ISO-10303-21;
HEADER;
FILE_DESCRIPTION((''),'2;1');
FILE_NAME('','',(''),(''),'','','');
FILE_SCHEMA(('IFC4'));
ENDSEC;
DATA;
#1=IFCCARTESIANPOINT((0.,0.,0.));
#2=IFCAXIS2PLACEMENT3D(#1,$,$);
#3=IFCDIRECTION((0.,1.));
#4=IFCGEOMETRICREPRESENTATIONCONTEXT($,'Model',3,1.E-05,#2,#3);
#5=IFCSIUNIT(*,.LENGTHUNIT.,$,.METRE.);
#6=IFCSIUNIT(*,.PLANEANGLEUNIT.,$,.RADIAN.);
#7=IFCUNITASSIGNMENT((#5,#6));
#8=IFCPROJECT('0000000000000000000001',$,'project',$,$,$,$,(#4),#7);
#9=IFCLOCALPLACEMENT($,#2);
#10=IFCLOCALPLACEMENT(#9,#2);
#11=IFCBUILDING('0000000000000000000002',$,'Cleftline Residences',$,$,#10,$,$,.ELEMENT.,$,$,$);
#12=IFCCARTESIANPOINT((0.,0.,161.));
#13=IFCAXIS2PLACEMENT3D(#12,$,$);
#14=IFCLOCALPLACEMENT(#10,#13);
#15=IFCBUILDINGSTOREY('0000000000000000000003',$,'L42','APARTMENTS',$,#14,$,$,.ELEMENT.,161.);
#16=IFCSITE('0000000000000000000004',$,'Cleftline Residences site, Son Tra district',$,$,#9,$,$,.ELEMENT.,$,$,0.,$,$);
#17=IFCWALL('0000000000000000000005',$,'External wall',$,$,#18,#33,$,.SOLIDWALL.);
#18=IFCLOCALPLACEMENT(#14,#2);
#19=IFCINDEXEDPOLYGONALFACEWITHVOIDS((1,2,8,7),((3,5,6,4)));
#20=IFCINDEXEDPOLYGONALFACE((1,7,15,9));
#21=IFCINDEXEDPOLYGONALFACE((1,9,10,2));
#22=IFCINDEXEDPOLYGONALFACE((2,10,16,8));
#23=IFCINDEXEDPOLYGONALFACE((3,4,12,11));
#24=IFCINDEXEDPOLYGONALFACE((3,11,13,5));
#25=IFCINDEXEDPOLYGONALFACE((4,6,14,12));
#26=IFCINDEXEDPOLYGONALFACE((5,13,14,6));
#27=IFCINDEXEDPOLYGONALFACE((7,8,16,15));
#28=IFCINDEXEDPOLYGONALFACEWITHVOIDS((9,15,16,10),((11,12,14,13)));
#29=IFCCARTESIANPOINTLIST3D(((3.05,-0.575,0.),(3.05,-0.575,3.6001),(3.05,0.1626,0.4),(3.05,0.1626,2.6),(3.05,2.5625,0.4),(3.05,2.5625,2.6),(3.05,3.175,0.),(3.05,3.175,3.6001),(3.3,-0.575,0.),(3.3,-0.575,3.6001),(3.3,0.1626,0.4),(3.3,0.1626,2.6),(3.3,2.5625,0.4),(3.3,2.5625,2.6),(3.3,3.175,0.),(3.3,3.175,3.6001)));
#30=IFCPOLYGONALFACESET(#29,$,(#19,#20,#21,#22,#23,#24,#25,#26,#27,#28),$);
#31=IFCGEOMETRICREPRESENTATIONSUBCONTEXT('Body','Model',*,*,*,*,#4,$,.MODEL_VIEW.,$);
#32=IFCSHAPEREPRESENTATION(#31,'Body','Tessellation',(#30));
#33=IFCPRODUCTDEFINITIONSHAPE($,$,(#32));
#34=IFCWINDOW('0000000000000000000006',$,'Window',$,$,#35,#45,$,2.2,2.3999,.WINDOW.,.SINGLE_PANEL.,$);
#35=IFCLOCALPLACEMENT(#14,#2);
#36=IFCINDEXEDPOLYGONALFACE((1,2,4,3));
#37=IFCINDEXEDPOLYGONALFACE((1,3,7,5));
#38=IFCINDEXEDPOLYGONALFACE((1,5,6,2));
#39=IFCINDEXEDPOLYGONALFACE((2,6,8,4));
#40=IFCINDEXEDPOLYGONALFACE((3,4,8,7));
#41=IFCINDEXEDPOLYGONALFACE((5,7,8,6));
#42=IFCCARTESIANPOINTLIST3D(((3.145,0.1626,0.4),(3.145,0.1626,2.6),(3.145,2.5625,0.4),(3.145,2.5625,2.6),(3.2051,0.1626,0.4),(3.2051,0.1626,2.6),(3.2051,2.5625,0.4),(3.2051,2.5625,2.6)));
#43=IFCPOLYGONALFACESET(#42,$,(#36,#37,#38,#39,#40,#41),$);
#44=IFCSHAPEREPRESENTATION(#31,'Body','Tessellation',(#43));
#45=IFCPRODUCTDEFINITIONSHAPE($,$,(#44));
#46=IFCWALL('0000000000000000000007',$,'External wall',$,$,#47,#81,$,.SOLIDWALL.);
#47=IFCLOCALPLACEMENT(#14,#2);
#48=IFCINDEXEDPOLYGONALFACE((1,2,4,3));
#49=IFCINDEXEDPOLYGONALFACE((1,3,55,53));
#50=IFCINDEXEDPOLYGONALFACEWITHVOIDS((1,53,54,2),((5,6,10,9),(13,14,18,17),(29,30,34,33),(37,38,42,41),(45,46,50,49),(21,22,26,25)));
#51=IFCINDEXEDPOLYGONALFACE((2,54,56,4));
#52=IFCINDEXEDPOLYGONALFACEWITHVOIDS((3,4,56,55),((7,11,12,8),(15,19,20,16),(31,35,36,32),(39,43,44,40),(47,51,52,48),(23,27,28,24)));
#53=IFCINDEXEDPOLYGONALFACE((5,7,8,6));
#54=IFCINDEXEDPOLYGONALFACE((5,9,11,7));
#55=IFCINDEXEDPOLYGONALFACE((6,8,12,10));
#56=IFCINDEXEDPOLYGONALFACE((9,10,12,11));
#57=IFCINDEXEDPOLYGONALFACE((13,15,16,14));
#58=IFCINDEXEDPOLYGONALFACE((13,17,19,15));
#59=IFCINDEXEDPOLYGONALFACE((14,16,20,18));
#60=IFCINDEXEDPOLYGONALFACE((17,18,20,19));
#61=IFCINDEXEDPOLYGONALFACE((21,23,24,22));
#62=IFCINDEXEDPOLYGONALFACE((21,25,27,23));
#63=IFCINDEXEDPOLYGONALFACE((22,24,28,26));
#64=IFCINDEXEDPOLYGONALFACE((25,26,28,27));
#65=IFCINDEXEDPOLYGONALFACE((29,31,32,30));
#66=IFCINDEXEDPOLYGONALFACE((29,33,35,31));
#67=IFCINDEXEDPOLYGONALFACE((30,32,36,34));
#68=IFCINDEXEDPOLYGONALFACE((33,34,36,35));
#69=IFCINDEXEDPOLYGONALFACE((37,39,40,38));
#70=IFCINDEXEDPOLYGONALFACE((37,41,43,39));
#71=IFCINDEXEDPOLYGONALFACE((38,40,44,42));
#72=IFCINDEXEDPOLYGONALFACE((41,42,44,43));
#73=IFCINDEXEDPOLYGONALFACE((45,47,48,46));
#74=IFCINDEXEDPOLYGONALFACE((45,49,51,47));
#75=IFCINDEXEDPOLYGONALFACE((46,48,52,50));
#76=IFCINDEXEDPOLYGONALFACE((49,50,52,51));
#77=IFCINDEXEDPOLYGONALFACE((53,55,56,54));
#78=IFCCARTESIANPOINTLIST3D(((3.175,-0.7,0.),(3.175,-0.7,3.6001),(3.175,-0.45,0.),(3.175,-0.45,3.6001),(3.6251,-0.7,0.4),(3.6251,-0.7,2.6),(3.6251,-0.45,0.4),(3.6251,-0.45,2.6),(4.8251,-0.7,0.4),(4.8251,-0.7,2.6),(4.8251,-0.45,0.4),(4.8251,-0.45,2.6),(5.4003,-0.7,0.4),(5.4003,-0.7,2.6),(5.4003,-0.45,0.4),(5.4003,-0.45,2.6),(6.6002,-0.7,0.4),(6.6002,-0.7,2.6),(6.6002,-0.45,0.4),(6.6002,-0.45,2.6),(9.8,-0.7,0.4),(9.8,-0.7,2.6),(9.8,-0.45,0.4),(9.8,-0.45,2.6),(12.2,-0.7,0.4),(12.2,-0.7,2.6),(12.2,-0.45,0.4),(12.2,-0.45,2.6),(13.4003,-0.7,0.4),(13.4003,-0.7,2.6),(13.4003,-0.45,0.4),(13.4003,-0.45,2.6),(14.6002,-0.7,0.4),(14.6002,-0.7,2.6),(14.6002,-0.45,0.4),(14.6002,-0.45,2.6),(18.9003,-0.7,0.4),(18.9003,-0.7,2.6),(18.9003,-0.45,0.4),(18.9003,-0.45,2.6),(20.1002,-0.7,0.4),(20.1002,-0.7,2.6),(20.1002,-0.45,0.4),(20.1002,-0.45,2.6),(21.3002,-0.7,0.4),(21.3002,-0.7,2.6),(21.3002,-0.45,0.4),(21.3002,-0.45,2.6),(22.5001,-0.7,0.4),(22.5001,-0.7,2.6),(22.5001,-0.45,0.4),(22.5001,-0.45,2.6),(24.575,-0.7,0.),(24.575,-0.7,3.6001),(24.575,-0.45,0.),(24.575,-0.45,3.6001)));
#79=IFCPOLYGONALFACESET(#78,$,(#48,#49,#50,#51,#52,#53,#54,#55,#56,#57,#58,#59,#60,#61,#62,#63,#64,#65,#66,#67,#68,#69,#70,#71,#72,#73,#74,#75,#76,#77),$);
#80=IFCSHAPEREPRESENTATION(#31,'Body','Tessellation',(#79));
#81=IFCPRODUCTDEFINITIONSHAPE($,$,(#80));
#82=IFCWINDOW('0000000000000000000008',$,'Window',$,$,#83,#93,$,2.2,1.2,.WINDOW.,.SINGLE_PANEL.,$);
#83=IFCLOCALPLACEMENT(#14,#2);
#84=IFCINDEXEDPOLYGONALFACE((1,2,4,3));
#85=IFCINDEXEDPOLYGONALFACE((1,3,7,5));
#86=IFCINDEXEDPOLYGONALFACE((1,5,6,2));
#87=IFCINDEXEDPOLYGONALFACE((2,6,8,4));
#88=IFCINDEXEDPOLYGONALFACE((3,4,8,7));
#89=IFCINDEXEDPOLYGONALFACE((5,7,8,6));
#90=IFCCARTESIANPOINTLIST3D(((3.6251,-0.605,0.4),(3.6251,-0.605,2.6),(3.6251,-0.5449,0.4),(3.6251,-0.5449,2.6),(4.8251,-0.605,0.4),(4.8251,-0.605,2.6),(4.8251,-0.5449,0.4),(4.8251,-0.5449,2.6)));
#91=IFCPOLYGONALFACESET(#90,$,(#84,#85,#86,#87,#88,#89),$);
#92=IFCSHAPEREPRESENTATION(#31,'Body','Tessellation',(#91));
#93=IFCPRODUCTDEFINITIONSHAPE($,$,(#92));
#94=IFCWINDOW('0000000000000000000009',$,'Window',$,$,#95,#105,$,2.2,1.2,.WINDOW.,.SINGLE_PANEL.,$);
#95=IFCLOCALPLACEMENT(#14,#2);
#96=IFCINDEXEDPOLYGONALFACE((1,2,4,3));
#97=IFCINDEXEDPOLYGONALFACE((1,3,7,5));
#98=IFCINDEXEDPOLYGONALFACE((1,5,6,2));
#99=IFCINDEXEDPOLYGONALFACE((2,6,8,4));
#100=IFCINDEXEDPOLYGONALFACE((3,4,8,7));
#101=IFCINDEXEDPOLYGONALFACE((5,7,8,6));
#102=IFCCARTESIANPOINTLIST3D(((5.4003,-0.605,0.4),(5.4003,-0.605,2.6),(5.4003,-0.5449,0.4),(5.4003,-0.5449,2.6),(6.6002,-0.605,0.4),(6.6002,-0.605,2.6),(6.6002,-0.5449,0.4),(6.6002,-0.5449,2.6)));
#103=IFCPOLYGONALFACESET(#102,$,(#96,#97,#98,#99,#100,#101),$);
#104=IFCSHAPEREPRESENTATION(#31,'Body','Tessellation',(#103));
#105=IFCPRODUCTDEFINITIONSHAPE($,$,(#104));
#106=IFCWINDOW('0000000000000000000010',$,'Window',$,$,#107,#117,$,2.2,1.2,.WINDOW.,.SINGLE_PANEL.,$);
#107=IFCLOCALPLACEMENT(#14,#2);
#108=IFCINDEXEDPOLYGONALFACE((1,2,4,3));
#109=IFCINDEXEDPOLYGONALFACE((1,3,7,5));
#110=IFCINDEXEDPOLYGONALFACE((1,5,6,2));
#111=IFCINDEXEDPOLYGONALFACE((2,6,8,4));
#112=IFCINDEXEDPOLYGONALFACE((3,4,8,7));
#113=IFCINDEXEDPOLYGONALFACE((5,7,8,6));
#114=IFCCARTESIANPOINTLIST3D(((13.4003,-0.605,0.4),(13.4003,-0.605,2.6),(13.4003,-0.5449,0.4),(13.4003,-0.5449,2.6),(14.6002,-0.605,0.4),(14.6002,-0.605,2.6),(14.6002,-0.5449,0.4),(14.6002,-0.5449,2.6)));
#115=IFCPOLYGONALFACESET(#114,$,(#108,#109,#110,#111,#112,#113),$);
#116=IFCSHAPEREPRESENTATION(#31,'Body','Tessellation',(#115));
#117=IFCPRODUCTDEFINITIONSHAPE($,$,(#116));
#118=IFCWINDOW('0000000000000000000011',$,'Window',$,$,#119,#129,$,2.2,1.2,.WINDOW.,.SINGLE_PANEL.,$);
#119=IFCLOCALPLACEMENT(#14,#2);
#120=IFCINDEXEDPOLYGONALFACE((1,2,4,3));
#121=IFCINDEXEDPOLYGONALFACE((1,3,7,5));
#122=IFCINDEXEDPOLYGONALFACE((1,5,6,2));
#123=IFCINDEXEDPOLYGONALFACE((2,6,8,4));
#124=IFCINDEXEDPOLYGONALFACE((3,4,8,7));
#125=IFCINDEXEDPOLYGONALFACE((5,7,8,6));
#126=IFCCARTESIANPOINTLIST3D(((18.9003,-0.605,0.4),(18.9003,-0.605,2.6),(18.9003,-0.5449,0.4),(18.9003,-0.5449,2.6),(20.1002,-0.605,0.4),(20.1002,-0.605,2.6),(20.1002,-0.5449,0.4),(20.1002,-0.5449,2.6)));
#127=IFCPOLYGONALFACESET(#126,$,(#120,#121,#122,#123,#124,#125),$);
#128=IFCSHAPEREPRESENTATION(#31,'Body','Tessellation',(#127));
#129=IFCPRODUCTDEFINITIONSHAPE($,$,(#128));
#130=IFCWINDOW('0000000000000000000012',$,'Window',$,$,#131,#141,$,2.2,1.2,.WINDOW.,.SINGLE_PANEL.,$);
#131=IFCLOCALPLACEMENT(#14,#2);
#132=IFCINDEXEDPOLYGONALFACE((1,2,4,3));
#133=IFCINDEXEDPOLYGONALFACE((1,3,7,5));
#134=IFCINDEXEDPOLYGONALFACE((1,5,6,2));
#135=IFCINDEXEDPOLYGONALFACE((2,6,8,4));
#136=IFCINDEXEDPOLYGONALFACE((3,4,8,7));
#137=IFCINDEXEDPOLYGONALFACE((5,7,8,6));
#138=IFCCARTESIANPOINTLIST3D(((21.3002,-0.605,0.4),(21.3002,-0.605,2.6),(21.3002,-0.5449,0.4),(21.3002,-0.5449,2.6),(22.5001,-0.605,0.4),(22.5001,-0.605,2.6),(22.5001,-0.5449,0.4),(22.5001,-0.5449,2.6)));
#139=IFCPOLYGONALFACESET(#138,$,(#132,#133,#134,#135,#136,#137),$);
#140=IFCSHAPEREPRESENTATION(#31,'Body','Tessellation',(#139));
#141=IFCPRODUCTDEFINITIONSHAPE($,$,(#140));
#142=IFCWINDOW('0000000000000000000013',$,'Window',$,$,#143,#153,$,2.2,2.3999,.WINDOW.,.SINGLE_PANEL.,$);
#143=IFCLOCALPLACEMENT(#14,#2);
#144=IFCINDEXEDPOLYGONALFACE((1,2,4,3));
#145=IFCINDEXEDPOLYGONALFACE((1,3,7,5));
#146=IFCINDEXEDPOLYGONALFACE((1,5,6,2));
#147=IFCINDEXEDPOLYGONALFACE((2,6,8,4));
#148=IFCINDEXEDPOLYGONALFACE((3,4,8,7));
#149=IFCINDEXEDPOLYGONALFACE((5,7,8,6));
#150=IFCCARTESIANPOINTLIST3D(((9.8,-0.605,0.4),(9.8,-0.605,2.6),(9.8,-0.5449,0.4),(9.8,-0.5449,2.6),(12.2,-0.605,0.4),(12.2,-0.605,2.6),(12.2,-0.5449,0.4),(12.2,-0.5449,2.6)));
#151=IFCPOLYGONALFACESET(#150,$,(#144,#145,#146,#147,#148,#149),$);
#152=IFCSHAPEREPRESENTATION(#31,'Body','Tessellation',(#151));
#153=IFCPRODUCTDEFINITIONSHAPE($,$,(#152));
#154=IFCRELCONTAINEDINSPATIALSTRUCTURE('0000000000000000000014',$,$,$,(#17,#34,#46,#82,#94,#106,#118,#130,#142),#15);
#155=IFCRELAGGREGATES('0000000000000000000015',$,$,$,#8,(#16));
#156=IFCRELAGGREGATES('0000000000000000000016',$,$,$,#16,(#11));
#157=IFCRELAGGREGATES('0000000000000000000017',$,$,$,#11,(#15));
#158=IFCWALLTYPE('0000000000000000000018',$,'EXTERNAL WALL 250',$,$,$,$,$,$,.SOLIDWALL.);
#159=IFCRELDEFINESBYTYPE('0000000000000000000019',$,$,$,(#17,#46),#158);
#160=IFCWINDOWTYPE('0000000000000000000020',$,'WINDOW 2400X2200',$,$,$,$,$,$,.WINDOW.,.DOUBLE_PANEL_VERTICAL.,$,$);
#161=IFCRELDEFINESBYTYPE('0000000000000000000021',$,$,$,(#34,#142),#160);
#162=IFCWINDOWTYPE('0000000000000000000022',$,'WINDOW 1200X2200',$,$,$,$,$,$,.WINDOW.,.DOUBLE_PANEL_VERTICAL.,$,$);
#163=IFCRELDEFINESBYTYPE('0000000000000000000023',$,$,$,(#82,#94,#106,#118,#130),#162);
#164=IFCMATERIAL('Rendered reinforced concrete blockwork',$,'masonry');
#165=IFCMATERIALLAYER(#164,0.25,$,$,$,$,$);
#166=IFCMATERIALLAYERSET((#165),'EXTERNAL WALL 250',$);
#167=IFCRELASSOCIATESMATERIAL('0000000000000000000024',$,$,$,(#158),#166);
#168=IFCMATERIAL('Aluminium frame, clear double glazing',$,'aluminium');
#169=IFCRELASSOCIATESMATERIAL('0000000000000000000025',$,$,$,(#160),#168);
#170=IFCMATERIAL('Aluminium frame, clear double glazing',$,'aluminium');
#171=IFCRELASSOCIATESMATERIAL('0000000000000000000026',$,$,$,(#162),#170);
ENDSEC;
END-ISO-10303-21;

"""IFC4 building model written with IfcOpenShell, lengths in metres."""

from ifc_helpers import new_model, si_unit, direction, frame, frame_2d, origin, place, context, subcontext, project, spatial, rectangle, extrude, material, layer, layer_set, type_object, element, fill, save


model = new_model("IFC4")

# Units and contexts
model_context = context("Model", 3, precision=1e-05, world=origin(), true_north=direction((0.0, 1.0)))
body_context = subcontext(model_context, "Body", "Model", "MODEL_VIEW")
ifc_project = project(units=[si_unit("LENGTHUNIT", "METRE"), si_unit("PLANEANGLEUNIT", "RADIAN")], contexts=[model_context])

# Site, building, storey
site_placement = place(None, origin())
site = spatial("IfcSite", under=ifc_project, at=site_placement, Name="Cleftline Residences site, Son Tra district", CompositionType="ELEMENT", RefElevation=0.0)
building_placement = place(site_placement, origin())
building = spatial("IfcBuilding", under=site, at=building_placement, Name="Cleftline Residences", CompositionType="ELEMENT")
storey_placement = place(building_placement, frame((0.0, 0.0, 161.0)))
storey = spatial("IfcBuildingStorey", under=building, at=storey_placement, Name="L42", Description="APARTMENTS", CompositionType="ELEMENT", Elevation=161.0)

# Wall, opening, window
ifc_material_1 = material(Name="Rendered reinforced concrete blockwork", Category="masonry")
ifc_layer_1 = layer(ifc_material_1, 0.25)
ifc_layer_set_1 = layer_set([ifc_layer_1], Name="EXTERNAL WALL 250")
wall_type_1 = type_object("IfcWallType", Name="EXTERNAL WALL 250", PredefinedType="SOLIDWALL", material=ifc_layer_set_1)
wall_1_placement = place(storey_placement, frame((3.175, 3.175, 0.0), z_axis=(0.0, 0.0, 1.0), x_axis=(0.0, -1.0, 0.0)))
wall_1 = element("IfcWall", 1, at=wall_1_placement, inside=storey, type_object=wall_type_1, Name="External wall", PredefinedType="SOLIDWALL", context=body_context, shape_type="SweptSolid", body=[
    extrude(rectangle(XDim=3.75, YDim=0.25, at=frame_2d((1.875, 0.0))), origin(), (0.0, 0.0, 1.0), 3.6001),
])
opening_1_placement = place(wall_1_placement, frame((0.6125, 0.0, 0.3999)))
opening_1 = element("IfcOpeningElement", 2, at=opening_1_placement, cuts=wall_1, PredefinedType="OPENING", context=body_context, shape_type="SweptSolid", body=[
    extrude(rectangle(XDim=2.3999, YDim=2.2, at=frame_2d((1.2, 1.1001))), frame((0.0, 0.135, 0.0), z_axis=(0.0, -1.0, 0.0), x_axis=(1.0, 0.0, 0.0)), (0.0, 0.0, 1.0), 0.27),
])
ifc_material_2 = material(Name="Aluminium frame, clear double glazing", Category="aluminium")
window_type_1 = type_object("IfcWindowType", Name="WINDOW 2400X2200", PartitioningType="DOUBLE_PANEL_VERTICAL", PredefinedType="WINDOW", material=ifc_material_2)
window_1_placement = place(opening_1_placement, origin())
window_1 = element("IfcWindow", 3, at=window_1_placement, inside=storey, type_object=window_type_1, Name="Window", OverallHeight=2.2, OverallWidth=2.3999, PartitioningType="SINGLE_PANEL", PredefinedType="WINDOW", context=body_context, shape_type="SweptSolid", body=[
    extrude(rectangle(XDim=2.3999, YDim=2.2, at=frame_2d((1.2, 1.1001))), frame((0.0, 0.03, 0.0), z_axis=(0.0, -1.0, 0.0), x_axis=(1.0, 0.0, 0.0)), (0.0, 0.0, 1.0), 0.0601),
])
fill(opening_1, window_1)

# Wall, openings, windows
wall_2_placement = place(storey_placement, frame((3.175, -0.575, 0.0), z_axis=(0.0, 0.0, 1.0), x_axis=(1.0, 0.0, 0.0)))
wall_2 = element("IfcWall", 4, at=wall_2_placement, inside=storey, type_object=wall_type_1, Name="External wall", PredefinedType="SOLIDWALL", context=body_context, shape_type="SweptSolid", body=[
    extrude(rectangle(XDim=21.3999, YDim=0.25, at=frame_2d((10.7, 0.0))), origin(), (0.0, 0.0, 1.0), 3.6001),
])
opening_2_placement = place(wall_2_placement, frame((0.45, 0.0, 0.3999)))
opening_2 = element("IfcOpeningElement", 5, at=opening_2_placement, cuts=wall_2, PredefinedType="OPENING", context=body_context, shape_type="SweptSolid", body=[
    extrude(rectangle(XDim=1.2, YDim=2.2, at=frame_2d((0.6001, 1.1001))), frame((0.0, 0.135, 0.0), z_axis=(0.0, -1.0, 0.0), x_axis=(1.0, 0.0, 0.0)), (0.0, 0.0, 1.0), 0.27),
])
opening_3_placement = place(wall_2_placement, frame((2.2251, 0.0, 0.3999)))
opening_3 = element("IfcOpeningElement", 6, at=opening_3_placement, cuts=wall_2, PredefinedType="OPENING", context=body_context, shape_type="SweptSolid", body=[
    extrude(rectangle(XDim=1.2, YDim=2.2, at=frame_2d((0.6001, 1.1001))), frame((0.0, 0.135, 0.0), z_axis=(0.0, -1.0, 0.0), x_axis=(1.0, 0.0, 0.0)), (0.0, 0.0, 1.0), 0.27),
])
opening_4_placement = place(wall_2_placement, frame((6.625, 0.0, 0.3999)))
opening_4 = element("IfcOpeningElement", 7, at=opening_4_placement, cuts=wall_2, PredefinedType="OPENING", context=body_context, shape_type="SweptSolid", body=[
    extrude(rectangle(XDim=2.3999, YDim=2.2, at=frame_2d((1.2, 1.1001))), frame((0.0, 0.135, 0.0), z_axis=(0.0, -1.0, 0.0), x_axis=(1.0, 0.0, 0.0)), (0.0, 0.0, 1.0), 0.27),
])
opening_5_placement = place(wall_2_placement, frame((10.2251, 0.0, 0.3999)))
opening_5 = element("IfcOpeningElement", 8, at=opening_5_placement, cuts=wall_2, PredefinedType="OPENING", context=body_context, shape_type="SweptSolid", body=[
    extrude(rectangle(XDim=1.2, YDim=2.2, at=frame_2d((0.6001, 1.1001))), frame((0.0, 0.135, 0.0), z_axis=(0.0, -1.0, 0.0), x_axis=(1.0, 0.0, 0.0)), (0.0, 0.0, 1.0), 0.27),
])
opening_6_placement = place(wall_2_placement, frame((15.7251, 0.0, 0.3999)))
opening_6 = element("IfcOpeningElement", 9, at=opening_6_placement, cuts=wall_2, PredefinedType="OPENING", context=body_context, shape_type="SweptSolid", body=[
    extrude(rectangle(XDim=1.2, YDim=2.2, at=frame_2d((0.6001, 1.1001))), frame((0.0, 0.135, 0.0), z_axis=(0.0, -1.0, 0.0), x_axis=(1.0, 0.0, 0.0)), (0.0, 0.0, 1.0), 0.27),
])
opening_7_placement = place(wall_2_placement, frame((18.125, 0.0, 0.3999)))
opening_7 = element("IfcOpeningElement", 10, at=opening_7_placement, cuts=wall_2, PredefinedType="OPENING", context=body_context, shape_type="SweptSolid", body=[
    extrude(rectangle(XDim=1.2, YDim=2.2, at=frame_2d((0.6001, 1.1001))), frame((0.0, 0.135, 0.0), z_axis=(0.0, -1.0, 0.0), x_axis=(1.0, 0.0, 0.0)), (0.0, 0.0, 1.0), 0.27),
])
ifc_material_3 = material(Name="Aluminium frame, clear double glazing", Category="aluminium")
window_type_2 = type_object("IfcWindowType", Name="WINDOW 1200X2200", PartitioningType="DOUBLE_PANEL_VERTICAL", PredefinedType="WINDOW", material=ifc_material_3)
window_2_placement = place(opening_2_placement, origin())
window_2 = element("IfcWindow", 11, at=window_2_placement, inside=storey, type_object=window_type_2, Name="Window", OverallHeight=2.2, OverallWidth=1.2, PartitioningType="SINGLE_PANEL", PredefinedType="WINDOW", context=body_context, shape_type="SweptSolid", body=[
    extrude(rectangle(XDim=1.2, YDim=2.2, at=frame_2d((0.6001, 1.1001))), frame((0.0, 0.03, 0.0), z_axis=(0.0, -1.0, 0.0), x_axis=(1.0, 0.0, 0.0)), (0.0, 0.0, 1.0), 0.0601),
])
fill(opening_2, window_2)
window_3_placement = place(opening_3_placement, origin())
window_3 = element("IfcWindow", 12, at=window_3_placement, inside=storey, type_object=window_type_2, Name="Window", OverallHeight=2.2, OverallWidth=1.2, PartitioningType="SINGLE_PANEL", PredefinedType="WINDOW", context=body_context, shape_type="SweptSolid", body=[
    extrude(rectangle(XDim=1.2, YDim=2.2, at=frame_2d((0.6001, 1.1001))), frame((0.0, 0.03, 0.0), z_axis=(0.0, -1.0, 0.0), x_axis=(1.0, 0.0, 0.0)), (0.0, 0.0, 1.0), 0.0601),
])
fill(opening_3, window_3)
window_4_placement = place(opening_5_placement, origin())
window_4 = element("IfcWindow", 13, at=window_4_placement, inside=storey, type_object=window_type_2, Name="Window", OverallHeight=2.2, OverallWidth=1.2, PartitioningType="SINGLE_PANEL", PredefinedType="WINDOW", context=body_context, shape_type="SweptSolid", body=[
    extrude(rectangle(XDim=1.2, YDim=2.2, at=frame_2d((0.6001, 1.1001))), frame((0.0, 0.03, 0.0), z_axis=(0.0, -1.0, 0.0), x_axis=(1.0, 0.0, 0.0)), (0.0, 0.0, 1.0), 0.0601),
])
fill(opening_5, window_4)
window_5_placement = place(opening_6_placement, origin())
window_5 = element("IfcWindow", 14, at=window_5_placement, inside=storey, type_object=window_type_2, Name="Window", OverallHeight=2.2, OverallWidth=1.2, PartitioningType="SINGLE_PANEL", PredefinedType="WINDOW", context=body_context, shape_type="SweptSolid", body=[
    extrude(rectangle(XDim=1.2, YDim=2.2, at=frame_2d((0.6001, 1.1001))), frame((0.0, 0.03, 0.0), z_axis=(0.0, -1.0, 0.0), x_axis=(1.0, 0.0, 0.0)), (0.0, 0.0, 1.0), 0.0601),
])
fill(opening_6, window_5)
window_6_placement = place(opening_7_placement, origin())
window_6 = element("IfcWindow", 15, at=window_6_placement, inside=storey, type_object=window_type_2, Name="Window", OverallHeight=2.2, OverallWidth=1.2, PartitioningType="SINGLE_PANEL", PredefinedType="WINDOW", context=body_context, shape_type="SweptSolid", body=[
    extrude(rectangle(XDim=1.2, YDim=2.2, at=frame_2d((0.6001, 1.1001))), frame((0.0, 0.03, 0.0), z_axis=(0.0, -1.0, 0.0), x_axis=(1.0, 0.0, 0.0)), (0.0, 0.0, 1.0), 0.0601),
])
fill(opening_7, window_6)
window_7_placement = place(opening_4_placement, origin())
window_7 = element("IfcWindow", 16, at=window_7_placement, inside=storey, type_object=window_type_1, Name="Window", OverallHeight=2.2, OverallWidth=2.3999, PartitioningType="SINGLE_PANEL", PredefinedType="WINDOW", context=body_context, shape_type="SweptSolid", body=[
    extrude(rectangle(XDim=2.3999, YDim=2.2, at=frame_2d((1.2, 1.1001))), frame((0.0, 0.03, 0.0), z_axis=(0.0, -1.0, 0.0), x_axis=(1.0, 0.0, 0.0)), (0.0, 0.0, 1.0), 0.0601),
])
fill(opening_4, window_7)

save(model, "model.ifc")
